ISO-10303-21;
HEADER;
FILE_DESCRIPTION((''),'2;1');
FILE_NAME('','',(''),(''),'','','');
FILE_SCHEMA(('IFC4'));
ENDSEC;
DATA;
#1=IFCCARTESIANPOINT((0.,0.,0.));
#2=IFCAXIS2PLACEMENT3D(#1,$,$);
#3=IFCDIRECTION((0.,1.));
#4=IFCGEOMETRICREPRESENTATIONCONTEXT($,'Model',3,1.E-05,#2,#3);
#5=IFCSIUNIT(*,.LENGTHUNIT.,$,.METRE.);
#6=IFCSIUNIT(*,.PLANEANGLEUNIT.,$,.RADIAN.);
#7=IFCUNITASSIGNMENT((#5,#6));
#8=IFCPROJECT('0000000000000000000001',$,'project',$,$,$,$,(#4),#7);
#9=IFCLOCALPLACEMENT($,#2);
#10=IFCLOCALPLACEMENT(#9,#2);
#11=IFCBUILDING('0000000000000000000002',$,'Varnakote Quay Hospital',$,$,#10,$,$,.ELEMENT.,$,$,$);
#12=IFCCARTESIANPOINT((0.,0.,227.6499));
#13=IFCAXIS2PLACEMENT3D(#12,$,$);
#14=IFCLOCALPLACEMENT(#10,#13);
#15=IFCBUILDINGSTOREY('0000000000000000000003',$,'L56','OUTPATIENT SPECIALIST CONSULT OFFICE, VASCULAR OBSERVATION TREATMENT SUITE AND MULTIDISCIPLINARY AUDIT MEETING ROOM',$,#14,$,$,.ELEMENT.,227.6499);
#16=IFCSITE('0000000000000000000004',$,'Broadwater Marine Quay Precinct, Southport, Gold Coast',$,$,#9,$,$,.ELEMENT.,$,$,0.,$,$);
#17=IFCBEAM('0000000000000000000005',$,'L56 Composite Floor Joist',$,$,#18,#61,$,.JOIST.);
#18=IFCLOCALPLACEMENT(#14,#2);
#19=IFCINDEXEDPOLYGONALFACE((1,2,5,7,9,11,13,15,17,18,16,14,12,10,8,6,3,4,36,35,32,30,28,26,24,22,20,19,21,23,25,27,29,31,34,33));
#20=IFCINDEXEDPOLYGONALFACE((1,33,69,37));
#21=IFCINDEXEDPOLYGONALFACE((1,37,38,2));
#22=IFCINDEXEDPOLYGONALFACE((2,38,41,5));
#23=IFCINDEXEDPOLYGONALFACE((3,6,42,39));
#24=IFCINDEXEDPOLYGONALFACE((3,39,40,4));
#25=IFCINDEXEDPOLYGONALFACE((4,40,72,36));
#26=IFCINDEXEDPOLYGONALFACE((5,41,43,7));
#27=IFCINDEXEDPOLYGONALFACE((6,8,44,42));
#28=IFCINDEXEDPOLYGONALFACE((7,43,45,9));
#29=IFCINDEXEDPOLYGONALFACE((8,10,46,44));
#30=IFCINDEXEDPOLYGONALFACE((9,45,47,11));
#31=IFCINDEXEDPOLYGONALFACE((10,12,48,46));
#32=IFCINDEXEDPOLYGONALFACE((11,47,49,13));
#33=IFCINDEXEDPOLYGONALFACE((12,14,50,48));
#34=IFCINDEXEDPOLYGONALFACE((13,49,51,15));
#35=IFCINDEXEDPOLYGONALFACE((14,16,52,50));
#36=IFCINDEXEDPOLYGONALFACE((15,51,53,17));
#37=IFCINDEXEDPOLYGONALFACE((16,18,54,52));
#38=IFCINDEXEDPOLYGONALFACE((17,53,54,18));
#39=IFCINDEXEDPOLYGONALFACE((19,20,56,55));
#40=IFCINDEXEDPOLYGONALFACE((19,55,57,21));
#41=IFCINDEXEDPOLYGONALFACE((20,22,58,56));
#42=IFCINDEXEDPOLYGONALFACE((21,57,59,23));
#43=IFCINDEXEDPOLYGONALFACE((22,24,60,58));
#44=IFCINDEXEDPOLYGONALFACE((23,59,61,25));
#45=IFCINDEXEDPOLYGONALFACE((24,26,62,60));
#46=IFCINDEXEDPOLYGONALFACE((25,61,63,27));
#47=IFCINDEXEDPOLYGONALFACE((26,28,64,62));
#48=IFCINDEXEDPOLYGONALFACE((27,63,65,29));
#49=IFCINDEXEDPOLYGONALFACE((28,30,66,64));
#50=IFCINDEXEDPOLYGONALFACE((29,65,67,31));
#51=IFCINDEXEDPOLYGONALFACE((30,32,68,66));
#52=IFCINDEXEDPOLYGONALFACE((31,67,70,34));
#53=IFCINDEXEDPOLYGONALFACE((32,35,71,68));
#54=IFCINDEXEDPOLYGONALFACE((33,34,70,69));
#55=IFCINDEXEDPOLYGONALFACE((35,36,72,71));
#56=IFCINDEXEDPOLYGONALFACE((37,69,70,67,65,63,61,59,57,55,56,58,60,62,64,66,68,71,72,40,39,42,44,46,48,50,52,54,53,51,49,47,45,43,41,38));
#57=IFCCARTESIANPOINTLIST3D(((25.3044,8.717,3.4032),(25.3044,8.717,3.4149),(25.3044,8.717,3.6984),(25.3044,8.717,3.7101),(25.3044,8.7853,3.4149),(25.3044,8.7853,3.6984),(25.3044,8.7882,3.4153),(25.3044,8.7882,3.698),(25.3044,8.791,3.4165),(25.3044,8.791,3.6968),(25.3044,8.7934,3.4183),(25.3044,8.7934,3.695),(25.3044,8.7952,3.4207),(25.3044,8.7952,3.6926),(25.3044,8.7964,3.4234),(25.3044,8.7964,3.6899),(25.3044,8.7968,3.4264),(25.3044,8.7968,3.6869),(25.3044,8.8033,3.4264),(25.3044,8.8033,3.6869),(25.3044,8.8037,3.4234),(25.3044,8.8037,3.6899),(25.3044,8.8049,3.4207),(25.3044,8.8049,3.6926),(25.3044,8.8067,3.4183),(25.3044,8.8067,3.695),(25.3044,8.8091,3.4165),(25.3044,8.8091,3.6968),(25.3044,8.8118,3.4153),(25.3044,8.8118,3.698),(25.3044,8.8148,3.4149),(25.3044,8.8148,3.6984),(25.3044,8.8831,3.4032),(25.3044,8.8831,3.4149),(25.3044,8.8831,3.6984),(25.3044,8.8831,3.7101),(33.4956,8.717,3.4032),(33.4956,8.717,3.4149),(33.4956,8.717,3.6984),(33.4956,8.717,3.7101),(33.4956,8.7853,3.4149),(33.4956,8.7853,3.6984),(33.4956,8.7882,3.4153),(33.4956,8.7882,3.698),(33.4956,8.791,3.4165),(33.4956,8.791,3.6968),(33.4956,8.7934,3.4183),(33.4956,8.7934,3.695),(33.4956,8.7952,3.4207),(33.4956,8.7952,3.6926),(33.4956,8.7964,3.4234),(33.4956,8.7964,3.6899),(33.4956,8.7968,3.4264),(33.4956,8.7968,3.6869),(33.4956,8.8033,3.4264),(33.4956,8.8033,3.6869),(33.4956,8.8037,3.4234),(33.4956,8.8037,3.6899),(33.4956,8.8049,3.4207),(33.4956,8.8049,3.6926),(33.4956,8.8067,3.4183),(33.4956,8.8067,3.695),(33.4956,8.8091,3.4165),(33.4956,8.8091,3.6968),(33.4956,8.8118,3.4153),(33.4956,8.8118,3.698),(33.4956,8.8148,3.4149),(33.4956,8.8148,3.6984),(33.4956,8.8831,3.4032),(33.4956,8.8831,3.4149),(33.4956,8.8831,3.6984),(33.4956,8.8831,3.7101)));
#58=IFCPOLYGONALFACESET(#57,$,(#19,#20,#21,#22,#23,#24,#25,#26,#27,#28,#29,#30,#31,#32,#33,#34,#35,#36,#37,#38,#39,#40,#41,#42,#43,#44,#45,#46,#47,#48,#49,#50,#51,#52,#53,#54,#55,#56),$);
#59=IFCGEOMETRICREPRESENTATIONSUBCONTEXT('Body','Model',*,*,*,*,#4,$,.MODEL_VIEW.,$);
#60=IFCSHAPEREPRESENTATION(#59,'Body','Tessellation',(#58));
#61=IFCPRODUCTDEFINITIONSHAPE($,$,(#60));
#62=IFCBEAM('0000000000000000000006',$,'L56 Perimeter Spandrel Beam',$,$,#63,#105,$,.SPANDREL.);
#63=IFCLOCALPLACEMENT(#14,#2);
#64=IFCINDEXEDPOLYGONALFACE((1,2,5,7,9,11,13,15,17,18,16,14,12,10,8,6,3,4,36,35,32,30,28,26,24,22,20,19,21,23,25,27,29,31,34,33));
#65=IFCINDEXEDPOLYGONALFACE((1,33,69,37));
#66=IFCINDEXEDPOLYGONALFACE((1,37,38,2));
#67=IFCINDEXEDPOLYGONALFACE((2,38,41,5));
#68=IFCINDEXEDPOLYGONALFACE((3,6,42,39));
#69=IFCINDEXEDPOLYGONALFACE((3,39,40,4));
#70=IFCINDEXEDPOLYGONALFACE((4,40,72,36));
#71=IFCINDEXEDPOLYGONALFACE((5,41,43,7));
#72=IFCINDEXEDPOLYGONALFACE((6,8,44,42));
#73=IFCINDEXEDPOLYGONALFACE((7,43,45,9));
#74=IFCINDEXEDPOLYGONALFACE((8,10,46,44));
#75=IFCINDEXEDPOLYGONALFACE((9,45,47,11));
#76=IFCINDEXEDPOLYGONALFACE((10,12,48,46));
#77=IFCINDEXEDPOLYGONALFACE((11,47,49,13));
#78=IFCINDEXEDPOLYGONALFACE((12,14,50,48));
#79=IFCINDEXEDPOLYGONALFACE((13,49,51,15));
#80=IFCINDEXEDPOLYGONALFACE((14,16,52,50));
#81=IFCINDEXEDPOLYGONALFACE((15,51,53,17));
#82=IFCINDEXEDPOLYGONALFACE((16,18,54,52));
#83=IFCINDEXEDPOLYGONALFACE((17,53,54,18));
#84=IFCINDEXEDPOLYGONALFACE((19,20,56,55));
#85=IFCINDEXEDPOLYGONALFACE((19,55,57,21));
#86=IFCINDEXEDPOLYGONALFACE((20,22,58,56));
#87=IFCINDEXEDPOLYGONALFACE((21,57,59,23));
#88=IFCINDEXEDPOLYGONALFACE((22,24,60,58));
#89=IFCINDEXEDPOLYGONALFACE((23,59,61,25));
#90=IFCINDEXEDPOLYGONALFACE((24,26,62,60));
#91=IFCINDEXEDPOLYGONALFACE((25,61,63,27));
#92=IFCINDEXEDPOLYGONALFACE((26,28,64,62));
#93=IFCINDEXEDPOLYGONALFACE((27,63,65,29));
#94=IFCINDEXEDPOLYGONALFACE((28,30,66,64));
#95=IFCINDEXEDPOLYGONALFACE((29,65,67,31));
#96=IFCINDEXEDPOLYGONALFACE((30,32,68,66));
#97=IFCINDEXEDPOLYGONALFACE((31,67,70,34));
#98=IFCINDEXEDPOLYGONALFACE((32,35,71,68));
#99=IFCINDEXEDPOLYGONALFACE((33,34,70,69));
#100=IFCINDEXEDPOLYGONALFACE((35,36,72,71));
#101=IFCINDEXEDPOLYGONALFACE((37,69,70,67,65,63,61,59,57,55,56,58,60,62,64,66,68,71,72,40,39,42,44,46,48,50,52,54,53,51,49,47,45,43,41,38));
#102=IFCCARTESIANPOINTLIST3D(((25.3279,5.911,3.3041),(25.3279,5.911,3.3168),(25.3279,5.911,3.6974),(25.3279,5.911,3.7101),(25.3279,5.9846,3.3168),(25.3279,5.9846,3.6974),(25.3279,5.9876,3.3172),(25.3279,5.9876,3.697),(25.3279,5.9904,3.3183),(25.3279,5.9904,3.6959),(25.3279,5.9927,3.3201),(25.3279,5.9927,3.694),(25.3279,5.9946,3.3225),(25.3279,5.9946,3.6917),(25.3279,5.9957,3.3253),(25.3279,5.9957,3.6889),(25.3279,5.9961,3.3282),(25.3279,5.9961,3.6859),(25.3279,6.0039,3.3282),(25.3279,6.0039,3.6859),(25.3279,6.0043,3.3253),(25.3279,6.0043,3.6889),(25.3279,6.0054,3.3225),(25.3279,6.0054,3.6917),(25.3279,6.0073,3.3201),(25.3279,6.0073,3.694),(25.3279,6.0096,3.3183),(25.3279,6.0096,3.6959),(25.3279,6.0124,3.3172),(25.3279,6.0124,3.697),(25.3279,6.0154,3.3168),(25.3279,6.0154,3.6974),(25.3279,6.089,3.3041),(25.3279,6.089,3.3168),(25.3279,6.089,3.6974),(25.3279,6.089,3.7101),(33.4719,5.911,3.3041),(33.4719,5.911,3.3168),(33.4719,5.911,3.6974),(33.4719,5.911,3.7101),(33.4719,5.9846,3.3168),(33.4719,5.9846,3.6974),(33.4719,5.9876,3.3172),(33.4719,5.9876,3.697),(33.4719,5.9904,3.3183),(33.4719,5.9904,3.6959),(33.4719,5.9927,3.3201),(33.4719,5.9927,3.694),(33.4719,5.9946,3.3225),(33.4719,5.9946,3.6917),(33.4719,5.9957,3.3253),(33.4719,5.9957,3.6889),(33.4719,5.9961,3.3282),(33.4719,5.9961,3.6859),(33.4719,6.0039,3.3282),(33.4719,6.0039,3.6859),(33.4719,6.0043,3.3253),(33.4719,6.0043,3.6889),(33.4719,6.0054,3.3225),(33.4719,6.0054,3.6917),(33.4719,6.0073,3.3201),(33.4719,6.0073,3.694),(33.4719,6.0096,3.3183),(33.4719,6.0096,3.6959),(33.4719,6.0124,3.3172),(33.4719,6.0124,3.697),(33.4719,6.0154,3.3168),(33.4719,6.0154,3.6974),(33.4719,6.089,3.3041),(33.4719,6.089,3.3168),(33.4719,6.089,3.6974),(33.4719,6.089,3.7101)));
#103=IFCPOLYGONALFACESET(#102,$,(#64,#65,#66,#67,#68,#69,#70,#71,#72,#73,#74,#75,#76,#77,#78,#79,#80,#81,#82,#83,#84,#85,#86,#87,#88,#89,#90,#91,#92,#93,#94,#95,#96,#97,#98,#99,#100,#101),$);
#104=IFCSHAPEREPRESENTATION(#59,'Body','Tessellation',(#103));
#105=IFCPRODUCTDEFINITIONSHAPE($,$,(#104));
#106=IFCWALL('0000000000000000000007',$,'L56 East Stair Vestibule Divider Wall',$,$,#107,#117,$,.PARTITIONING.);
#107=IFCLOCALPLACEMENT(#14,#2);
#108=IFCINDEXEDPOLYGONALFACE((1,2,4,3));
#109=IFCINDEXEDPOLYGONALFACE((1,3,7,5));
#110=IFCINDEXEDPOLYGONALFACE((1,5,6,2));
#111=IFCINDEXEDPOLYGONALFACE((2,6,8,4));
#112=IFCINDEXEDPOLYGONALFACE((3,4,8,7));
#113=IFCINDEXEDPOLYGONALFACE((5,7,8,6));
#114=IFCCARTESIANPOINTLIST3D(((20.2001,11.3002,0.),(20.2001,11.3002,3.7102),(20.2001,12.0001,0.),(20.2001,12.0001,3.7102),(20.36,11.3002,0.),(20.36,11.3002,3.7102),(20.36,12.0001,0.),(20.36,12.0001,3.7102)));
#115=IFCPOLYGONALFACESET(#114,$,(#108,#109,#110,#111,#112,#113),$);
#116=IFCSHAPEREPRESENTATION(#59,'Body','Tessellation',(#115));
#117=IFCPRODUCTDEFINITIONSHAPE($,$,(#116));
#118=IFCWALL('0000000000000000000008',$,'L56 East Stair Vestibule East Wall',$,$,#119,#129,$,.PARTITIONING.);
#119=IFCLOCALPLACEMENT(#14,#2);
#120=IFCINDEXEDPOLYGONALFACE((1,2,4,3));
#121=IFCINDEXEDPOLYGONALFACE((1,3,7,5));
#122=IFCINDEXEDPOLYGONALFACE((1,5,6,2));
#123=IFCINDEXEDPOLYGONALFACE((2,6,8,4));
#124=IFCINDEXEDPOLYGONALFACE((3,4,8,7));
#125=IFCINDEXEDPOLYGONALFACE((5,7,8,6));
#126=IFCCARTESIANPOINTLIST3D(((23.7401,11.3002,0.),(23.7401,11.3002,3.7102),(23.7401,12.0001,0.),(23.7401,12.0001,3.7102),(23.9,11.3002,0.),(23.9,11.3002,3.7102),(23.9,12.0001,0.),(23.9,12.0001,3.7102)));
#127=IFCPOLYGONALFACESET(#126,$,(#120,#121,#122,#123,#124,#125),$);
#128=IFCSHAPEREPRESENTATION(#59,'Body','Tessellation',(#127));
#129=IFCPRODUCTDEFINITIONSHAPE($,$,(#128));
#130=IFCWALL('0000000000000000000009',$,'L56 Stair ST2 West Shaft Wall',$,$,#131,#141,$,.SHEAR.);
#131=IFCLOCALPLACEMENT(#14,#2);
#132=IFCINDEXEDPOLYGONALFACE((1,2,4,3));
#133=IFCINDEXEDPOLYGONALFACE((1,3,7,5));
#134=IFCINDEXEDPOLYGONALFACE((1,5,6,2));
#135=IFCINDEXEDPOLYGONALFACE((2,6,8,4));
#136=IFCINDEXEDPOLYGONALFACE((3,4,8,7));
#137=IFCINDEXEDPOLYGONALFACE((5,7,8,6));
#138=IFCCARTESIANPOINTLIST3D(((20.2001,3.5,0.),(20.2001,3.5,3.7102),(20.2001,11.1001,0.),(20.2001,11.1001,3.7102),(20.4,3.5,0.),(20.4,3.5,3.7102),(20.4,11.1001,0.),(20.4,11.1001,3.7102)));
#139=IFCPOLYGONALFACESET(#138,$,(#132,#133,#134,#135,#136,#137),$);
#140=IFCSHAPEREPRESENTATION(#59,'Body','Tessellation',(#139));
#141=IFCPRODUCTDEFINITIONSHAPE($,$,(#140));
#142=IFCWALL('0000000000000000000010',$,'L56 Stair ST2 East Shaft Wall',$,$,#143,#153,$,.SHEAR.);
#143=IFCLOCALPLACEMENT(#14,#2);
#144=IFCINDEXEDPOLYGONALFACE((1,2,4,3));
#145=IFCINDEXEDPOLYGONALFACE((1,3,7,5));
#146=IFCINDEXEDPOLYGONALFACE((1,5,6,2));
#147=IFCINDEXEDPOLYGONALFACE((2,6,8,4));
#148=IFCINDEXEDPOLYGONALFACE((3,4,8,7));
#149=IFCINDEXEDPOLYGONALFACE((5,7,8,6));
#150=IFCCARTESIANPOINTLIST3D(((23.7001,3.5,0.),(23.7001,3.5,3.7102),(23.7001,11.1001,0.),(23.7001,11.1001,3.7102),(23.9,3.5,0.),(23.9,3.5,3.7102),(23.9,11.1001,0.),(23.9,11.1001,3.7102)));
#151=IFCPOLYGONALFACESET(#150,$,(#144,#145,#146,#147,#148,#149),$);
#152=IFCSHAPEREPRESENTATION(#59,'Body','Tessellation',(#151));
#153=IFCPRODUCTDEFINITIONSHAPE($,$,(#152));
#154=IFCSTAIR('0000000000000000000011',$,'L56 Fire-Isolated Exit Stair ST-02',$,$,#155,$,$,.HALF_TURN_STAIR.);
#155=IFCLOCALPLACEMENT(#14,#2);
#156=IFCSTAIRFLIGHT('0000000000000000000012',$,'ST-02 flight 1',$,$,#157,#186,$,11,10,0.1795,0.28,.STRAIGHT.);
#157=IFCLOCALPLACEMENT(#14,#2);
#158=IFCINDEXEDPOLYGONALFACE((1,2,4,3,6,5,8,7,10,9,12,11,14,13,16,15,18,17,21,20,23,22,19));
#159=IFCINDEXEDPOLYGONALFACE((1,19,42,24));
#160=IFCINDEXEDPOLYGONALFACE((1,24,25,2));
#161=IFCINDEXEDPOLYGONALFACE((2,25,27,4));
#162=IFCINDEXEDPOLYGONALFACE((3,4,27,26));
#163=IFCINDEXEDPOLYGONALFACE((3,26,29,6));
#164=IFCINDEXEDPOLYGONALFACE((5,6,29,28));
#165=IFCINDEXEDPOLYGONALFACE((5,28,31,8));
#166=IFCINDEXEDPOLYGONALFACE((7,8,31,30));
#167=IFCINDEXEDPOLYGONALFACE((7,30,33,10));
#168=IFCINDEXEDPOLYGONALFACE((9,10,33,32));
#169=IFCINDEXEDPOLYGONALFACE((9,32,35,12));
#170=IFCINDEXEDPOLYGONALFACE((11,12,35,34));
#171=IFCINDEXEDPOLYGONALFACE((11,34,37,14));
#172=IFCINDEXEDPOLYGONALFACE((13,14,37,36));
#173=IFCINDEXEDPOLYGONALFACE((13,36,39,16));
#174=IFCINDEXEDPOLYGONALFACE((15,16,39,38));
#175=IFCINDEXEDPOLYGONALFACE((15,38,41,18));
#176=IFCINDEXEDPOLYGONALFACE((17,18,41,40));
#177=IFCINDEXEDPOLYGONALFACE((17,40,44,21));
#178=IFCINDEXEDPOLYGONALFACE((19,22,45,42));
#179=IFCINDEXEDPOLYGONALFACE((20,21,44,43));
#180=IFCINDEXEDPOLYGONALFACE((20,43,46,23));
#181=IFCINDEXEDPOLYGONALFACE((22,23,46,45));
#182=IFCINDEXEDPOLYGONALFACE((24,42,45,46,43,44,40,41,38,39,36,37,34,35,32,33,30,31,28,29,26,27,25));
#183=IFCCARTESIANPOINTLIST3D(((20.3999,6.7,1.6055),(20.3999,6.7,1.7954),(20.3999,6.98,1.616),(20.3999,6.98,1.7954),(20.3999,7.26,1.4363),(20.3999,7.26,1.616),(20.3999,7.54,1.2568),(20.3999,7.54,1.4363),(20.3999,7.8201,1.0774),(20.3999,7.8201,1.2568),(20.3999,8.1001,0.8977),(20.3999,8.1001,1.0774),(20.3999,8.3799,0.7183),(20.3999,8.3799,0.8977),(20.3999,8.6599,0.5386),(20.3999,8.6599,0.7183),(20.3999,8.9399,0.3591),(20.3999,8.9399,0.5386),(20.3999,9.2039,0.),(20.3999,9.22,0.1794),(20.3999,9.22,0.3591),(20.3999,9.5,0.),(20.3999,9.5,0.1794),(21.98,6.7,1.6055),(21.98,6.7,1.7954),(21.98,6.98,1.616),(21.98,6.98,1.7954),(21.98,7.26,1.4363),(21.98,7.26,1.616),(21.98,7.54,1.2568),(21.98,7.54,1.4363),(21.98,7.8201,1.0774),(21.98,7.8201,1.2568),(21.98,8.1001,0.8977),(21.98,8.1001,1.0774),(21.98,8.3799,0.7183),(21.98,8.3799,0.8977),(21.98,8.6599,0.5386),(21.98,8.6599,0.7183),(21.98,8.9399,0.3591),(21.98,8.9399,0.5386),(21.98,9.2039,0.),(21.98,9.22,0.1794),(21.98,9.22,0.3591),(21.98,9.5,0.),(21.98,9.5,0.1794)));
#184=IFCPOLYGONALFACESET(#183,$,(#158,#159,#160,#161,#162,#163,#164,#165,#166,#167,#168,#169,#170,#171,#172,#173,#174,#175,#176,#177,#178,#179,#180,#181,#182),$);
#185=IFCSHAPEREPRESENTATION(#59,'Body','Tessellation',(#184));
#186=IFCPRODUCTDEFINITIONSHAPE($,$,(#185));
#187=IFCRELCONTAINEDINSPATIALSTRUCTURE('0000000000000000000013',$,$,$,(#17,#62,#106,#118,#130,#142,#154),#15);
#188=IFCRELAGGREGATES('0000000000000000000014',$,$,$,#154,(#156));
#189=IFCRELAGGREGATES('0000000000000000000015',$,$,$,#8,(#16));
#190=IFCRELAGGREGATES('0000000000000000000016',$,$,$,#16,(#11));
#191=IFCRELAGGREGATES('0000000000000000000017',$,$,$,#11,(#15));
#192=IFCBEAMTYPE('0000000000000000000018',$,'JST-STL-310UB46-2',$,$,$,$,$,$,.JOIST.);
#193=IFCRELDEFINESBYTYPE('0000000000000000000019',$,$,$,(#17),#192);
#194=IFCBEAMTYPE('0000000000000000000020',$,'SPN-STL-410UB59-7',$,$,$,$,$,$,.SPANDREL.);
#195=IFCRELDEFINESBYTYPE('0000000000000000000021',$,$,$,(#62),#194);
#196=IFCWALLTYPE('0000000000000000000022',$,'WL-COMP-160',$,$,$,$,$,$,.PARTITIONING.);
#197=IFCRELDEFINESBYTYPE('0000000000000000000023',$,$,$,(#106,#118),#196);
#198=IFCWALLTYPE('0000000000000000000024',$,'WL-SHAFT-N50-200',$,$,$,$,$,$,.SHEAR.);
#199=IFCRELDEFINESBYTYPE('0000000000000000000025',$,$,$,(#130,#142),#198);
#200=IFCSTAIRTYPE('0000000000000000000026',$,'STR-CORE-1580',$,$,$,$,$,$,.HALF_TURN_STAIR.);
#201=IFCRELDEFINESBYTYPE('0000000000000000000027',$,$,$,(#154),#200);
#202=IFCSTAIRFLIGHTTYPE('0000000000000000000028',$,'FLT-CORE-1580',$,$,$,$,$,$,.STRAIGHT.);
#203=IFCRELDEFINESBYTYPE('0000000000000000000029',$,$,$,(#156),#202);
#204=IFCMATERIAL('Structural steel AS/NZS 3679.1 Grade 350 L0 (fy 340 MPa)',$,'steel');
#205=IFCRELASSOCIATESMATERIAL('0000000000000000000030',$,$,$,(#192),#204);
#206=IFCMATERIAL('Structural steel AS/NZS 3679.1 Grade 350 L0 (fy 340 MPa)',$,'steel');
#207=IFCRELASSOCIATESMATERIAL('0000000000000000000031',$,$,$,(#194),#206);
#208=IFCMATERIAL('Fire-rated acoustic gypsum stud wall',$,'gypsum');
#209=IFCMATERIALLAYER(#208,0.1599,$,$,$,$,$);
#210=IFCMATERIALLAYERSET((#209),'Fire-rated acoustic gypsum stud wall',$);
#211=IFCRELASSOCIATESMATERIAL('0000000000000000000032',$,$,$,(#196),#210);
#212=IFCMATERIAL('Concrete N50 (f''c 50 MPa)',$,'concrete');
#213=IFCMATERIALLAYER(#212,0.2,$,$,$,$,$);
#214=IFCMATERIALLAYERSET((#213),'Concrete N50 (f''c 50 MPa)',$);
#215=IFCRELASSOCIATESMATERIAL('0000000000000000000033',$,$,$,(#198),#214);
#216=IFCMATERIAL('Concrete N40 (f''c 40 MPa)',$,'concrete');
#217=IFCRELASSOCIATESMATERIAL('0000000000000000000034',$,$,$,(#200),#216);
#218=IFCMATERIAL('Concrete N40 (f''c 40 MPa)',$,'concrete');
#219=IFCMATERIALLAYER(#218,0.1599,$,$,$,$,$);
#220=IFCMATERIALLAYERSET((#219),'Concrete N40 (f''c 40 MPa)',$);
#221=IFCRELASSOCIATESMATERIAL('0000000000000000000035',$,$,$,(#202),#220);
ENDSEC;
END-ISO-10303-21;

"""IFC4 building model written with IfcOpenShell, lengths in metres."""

from ifc_helpers import new_model, si_unit, direction, frame, frame_2d, origin, origin_2d, place, context, subcontext, project, spatial, polyline, rectangle, i_section, outline, extrude, material, layer, layer_set, material_profile, profile_set, type_object, element, aggregate, save


model = new_model("IFC4")

# Units and contexts
model_context = context("Model", 3, precision=1e-05, world=origin(), true_north=direction((0.0, 1.0)))
body_context = subcontext(model_context, "Body", "Model", "MODEL_VIEW")
ifc_project = project(units=[si_unit("LENGTHUNIT", "METRE"), si_unit("PLANEANGLEUNIT", "RADIAN")], contexts=[model_context])

# Site, building, storey
site_placement = place(None, origin())
site = spatial("IfcSite", under=ifc_project, at=site_placement, Name="Broadwater Marine Quay Precinct, Southport, Gold Coast", CompositionType="ELEMENT", RefElevation=0.0)
building_placement = place(site_placement, origin())
building = spatial("IfcBuilding", under=site, at=building_placement, Name="Varnakote Quay Hospital", CompositionType="ELEMENT")
storey_placement = place(building_placement, frame((0.0, 0.0, 227.6499)))
storey = spatial("IfcBuildingStorey", under=building, at=storey_placement, Name="L56", Description="OUTPATIENT SPECIALIST CONSULT OFFICE, VASCULAR OBSERVATION TREATMENT SUITE AND MULTIDISCIPLINARY AUDIT MEETING ROOM", CompositionType="ELEMENT", Elevation=227.6499)

# Beams
ifc_material_1 = material(Name="Structural steel AS/NZS 3679.1 Grade 350 L0 (fy 340 MPa)", Category="steel")
ifc_material_profile_1 = material_profile(ifc_material_1, i_section(OverallWidth=0.166, OverallDepth=0.3069, WebThickness=0.0066, FlangeThickness=0.0117, FilletRadius=0.0115, at=origin_2d()), Name="310UB46.2")
ifc_profile_set_1 = profile_set([ifc_material_profile_1], Name="Structural steel AS/NZS 3679.1 Grade 350 L0 (fy 340 MPa)")
beam_type_1 = type_object("IfcBeamType", Name="JST-STL-310UB46-2", PredefinedType="JOIST", material=ifc_profile_set_1)
beam_1_placement = place(storey_placement, frame((25.3044, 8.8, 3.5566), z_axis=(1.0, 0.0, 0.0), x_axis=(0.0, 1.0, 0.0)))
element("IfcBeam", 1, at=beam_1_placement, inside=storey, type_object=beam_type_1, Name="L56 Composite Floor Joist", PredefinedType="JOIST", context=body_context, shape_type="SweptSolid", body=[
    extrude(i_section(OverallWidth=0.166, OverallDepth=0.3069, WebThickness=0.0066, FlangeThickness=0.0117, FilletRadius=0.0115, at=origin_2d()), origin(), (0.0, 0.0, 1.0), 8.1912),
])
ifc_material_2 = material(Name="Structural steel AS/NZS 3679.1 Grade 350 L0 (fy 340 MPa)", Category="steel")
ifc_material_profile_2 = material_profile(ifc_material_2, i_section(OverallWidth=0.178, OverallDepth=0.406, WebThickness=0.0078, FlangeThickness=0.0127, FilletRadius=0.0115, at=origin_2d()), Name="410UB59.7")
ifc_profile_set_2 = profile_set([ifc_material_profile_2], Name="Structural steel AS/NZS 3679.1 Grade 350 L0 (fy 340 MPa)")
beam_type_2 = type_object("IfcBeamType", Name="SPN-STL-410UB59-7", PredefinedType="SPANDREL", material=ifc_profile_set_2)
beam_2_placement = place(storey_placement, frame((25.3279, 6.0, 3.5071), z_axis=(1.0, 0.0, 0.0), x_axis=(0.0, 1.0, 0.0)))
element("IfcBeam", 2, at=beam_2_placement, inside=storey, type_object=beam_type_2, Name="L56 Perimeter Spandrel Beam", PredefinedType="SPANDREL", context=body_context, shape_type="SweptSolid", body=[
    extrude(i_section(OverallWidth=0.178, OverallDepth=0.406, WebThickness=0.0078, FlangeThickness=0.0127, FilletRadius=0.0115, at=origin_2d()), origin(), (0.0, 0.0, 1.0), 8.144),
])

# Walls
ifc_material_3 = material(Name="Fire-rated acoustic gypsum stud wall", Category="gypsum")
ifc_layer_1 = layer(ifc_material_3, 0.1599)
ifc_layer_set_1 = layer_set([ifc_layer_1], Name="Fire-rated acoustic gypsum stud wall")
wall_type_1 = type_object("IfcWallType", Name="WL-COMP-160", PredefinedType="PARTITIONING", material=ifc_layer_set_1)
for number, where, z_axis, x_axis, name in (
    (3, (20.28, 11.3, 0.0), (0.0, 0.0, 1.0), (0.0, 1.0, 0.0), "L56 East Stair Vestibule Divider Wall"),
    (4, (23.8201, 11.3, 0.0), (0.0, 0.0, 1.0), (0.0, 1.0, 0.0), "L56 East Stair Vestibule East Wall"),
):
    element("IfcWall", number, at=place(storey_placement, frame(where, z_axis=z_axis, x_axis=x_axis)), inside=storey, type_object=wall_type_1, Name=name, PredefinedType="PARTITIONING", context=body_context, shape_type="SweptSolid", body=[
        extrude(rectangle(XDim=0.7, YDim=0.1599, at=frame_2d((0.3501, 0.0))), origin(), (0.0, 0.0, 1.0), 3.7102),
    ])
ifc_material_4 = material(Name="Concrete N50 (f'c 50 MPa)", Category="concrete")
ifc_layer_2 = layer(ifc_material_4, 0.2)
ifc_layer_set_2 = layer_set([ifc_layer_2], Name="Concrete N50 (f'c 50 MPa)")
wall_type_2 = type_object("IfcWallType", Name="WL-SHAFT-N50-200", PredefinedType="SHEAR", material=ifc_layer_set_2)
for number, where, z_axis, x_axis, name in (
    (5, (20.3, 3.5, 0.0), (0.0, 0.0, 1.0), (0.0, 1.0, 0.0), "L56 Stair ST2 West Shaft Wall"),
    (6, (23.8, 3.5, 0.0), (0.0, 0.0, 1.0), (0.0, 1.0, 0.0), "L56 Stair ST2 East Shaft Wall"),
):
    element("IfcWall", number, at=place(storey_placement, frame(where, z_axis=z_axis, x_axis=x_axis)), inside=storey, type_object=wall_type_2, Name=name, PredefinedType="SHEAR", context=body_context, shape_type="SweptSolid", body=[
        extrude(rectangle(XDim=7.6001, YDim=0.2, at=frame_2d((3.8, 0.0))), origin(), (0.0, 0.0, 1.0), 3.7102),
    ])

# Stair, stair flight
ifc_material_5 = material(Name="Concrete N40 (f'c 40 MPa)", Category="concrete")
stair_type = type_object("IfcStairType", Name="STR-CORE-1580", PredefinedType="HALF_TURN_STAIR", material=ifc_material_5)
stair_placement = place(storey_placement, origin())
stair = element("IfcStair", 7, at=stair_placement, inside=storey, type_object=stair_type, Name="L56 Fire-Isolated Exit Stair ST-02", PredefinedType="HALF_TURN_STAIR")
ifc_material_6 = material(Name="Concrete N40 (f'c 40 MPa)", Category="concrete")
ifc_layer_3 = layer(ifc_material_6, 0.1599)
ifc_layer_set_3 = layer_set([ifc_layer_3], Name="Concrete N40 (f'c 40 MPa)")
stair_flight_type = type_object("IfcStairFlightType", Name="FLT-CORE-1580", PredefinedType="STRAIGHT", material=ifc_layer_set_3)
stair_flight_1_placement = place(storey_placement, frame((21.1899, 9.5, 0.0), z_axis=(0.0, 0.0, 1.0), x_axis=(0.0, -1.0, 0.0)))
stair_flight_1 = element("IfcStairFlight", 8, at=stair_flight_1_placement, type_object=stair_flight_type, Name="ST-02 flight 1", NumberOfRisers=11, NumberOfTreads=10, PredefinedType="STRAIGHT", RiserHeight=0.1795, TreadLength=0.28, context=body_context, shape_type="SweptSolid", body=[
    extrude(outline(polyline([(0.0, 0.0), (0.0, 0.1794), (0.28, 0.1794), (0.28, 0.3591), (0.5601, 0.3591), (0.5601, 0.5386), (0.8401, 0.5386), (0.8401, 0.7183), (1.1201, 0.7183), (1.1201, 0.8977), (1.3999, 0.8977), (1.3999, 1.0774), (1.6799, 1.0774), (1.6799, 1.2568), (1.96, 1.2568), (1.96, 1.4363), (2.24, 1.4363), (2.24, 1.616), (2.52, 1.616), (2.52, 1.7954), (2.8, 1.7954), (2.8, 1.9751), (2.8, 1.6055), (0.2961, 0.0), (0.0, 0.0)])), frame((0.0, 0.79, 0.0), z_axis=(0.0, -1.0, 0.0), x_axis=(1.0, 0.0, 0.0)), (0.0, 0.0, 1.0), 1.5801),
])
aggregate(stair, [stair_flight_1])

save(model, "model.ifc")
